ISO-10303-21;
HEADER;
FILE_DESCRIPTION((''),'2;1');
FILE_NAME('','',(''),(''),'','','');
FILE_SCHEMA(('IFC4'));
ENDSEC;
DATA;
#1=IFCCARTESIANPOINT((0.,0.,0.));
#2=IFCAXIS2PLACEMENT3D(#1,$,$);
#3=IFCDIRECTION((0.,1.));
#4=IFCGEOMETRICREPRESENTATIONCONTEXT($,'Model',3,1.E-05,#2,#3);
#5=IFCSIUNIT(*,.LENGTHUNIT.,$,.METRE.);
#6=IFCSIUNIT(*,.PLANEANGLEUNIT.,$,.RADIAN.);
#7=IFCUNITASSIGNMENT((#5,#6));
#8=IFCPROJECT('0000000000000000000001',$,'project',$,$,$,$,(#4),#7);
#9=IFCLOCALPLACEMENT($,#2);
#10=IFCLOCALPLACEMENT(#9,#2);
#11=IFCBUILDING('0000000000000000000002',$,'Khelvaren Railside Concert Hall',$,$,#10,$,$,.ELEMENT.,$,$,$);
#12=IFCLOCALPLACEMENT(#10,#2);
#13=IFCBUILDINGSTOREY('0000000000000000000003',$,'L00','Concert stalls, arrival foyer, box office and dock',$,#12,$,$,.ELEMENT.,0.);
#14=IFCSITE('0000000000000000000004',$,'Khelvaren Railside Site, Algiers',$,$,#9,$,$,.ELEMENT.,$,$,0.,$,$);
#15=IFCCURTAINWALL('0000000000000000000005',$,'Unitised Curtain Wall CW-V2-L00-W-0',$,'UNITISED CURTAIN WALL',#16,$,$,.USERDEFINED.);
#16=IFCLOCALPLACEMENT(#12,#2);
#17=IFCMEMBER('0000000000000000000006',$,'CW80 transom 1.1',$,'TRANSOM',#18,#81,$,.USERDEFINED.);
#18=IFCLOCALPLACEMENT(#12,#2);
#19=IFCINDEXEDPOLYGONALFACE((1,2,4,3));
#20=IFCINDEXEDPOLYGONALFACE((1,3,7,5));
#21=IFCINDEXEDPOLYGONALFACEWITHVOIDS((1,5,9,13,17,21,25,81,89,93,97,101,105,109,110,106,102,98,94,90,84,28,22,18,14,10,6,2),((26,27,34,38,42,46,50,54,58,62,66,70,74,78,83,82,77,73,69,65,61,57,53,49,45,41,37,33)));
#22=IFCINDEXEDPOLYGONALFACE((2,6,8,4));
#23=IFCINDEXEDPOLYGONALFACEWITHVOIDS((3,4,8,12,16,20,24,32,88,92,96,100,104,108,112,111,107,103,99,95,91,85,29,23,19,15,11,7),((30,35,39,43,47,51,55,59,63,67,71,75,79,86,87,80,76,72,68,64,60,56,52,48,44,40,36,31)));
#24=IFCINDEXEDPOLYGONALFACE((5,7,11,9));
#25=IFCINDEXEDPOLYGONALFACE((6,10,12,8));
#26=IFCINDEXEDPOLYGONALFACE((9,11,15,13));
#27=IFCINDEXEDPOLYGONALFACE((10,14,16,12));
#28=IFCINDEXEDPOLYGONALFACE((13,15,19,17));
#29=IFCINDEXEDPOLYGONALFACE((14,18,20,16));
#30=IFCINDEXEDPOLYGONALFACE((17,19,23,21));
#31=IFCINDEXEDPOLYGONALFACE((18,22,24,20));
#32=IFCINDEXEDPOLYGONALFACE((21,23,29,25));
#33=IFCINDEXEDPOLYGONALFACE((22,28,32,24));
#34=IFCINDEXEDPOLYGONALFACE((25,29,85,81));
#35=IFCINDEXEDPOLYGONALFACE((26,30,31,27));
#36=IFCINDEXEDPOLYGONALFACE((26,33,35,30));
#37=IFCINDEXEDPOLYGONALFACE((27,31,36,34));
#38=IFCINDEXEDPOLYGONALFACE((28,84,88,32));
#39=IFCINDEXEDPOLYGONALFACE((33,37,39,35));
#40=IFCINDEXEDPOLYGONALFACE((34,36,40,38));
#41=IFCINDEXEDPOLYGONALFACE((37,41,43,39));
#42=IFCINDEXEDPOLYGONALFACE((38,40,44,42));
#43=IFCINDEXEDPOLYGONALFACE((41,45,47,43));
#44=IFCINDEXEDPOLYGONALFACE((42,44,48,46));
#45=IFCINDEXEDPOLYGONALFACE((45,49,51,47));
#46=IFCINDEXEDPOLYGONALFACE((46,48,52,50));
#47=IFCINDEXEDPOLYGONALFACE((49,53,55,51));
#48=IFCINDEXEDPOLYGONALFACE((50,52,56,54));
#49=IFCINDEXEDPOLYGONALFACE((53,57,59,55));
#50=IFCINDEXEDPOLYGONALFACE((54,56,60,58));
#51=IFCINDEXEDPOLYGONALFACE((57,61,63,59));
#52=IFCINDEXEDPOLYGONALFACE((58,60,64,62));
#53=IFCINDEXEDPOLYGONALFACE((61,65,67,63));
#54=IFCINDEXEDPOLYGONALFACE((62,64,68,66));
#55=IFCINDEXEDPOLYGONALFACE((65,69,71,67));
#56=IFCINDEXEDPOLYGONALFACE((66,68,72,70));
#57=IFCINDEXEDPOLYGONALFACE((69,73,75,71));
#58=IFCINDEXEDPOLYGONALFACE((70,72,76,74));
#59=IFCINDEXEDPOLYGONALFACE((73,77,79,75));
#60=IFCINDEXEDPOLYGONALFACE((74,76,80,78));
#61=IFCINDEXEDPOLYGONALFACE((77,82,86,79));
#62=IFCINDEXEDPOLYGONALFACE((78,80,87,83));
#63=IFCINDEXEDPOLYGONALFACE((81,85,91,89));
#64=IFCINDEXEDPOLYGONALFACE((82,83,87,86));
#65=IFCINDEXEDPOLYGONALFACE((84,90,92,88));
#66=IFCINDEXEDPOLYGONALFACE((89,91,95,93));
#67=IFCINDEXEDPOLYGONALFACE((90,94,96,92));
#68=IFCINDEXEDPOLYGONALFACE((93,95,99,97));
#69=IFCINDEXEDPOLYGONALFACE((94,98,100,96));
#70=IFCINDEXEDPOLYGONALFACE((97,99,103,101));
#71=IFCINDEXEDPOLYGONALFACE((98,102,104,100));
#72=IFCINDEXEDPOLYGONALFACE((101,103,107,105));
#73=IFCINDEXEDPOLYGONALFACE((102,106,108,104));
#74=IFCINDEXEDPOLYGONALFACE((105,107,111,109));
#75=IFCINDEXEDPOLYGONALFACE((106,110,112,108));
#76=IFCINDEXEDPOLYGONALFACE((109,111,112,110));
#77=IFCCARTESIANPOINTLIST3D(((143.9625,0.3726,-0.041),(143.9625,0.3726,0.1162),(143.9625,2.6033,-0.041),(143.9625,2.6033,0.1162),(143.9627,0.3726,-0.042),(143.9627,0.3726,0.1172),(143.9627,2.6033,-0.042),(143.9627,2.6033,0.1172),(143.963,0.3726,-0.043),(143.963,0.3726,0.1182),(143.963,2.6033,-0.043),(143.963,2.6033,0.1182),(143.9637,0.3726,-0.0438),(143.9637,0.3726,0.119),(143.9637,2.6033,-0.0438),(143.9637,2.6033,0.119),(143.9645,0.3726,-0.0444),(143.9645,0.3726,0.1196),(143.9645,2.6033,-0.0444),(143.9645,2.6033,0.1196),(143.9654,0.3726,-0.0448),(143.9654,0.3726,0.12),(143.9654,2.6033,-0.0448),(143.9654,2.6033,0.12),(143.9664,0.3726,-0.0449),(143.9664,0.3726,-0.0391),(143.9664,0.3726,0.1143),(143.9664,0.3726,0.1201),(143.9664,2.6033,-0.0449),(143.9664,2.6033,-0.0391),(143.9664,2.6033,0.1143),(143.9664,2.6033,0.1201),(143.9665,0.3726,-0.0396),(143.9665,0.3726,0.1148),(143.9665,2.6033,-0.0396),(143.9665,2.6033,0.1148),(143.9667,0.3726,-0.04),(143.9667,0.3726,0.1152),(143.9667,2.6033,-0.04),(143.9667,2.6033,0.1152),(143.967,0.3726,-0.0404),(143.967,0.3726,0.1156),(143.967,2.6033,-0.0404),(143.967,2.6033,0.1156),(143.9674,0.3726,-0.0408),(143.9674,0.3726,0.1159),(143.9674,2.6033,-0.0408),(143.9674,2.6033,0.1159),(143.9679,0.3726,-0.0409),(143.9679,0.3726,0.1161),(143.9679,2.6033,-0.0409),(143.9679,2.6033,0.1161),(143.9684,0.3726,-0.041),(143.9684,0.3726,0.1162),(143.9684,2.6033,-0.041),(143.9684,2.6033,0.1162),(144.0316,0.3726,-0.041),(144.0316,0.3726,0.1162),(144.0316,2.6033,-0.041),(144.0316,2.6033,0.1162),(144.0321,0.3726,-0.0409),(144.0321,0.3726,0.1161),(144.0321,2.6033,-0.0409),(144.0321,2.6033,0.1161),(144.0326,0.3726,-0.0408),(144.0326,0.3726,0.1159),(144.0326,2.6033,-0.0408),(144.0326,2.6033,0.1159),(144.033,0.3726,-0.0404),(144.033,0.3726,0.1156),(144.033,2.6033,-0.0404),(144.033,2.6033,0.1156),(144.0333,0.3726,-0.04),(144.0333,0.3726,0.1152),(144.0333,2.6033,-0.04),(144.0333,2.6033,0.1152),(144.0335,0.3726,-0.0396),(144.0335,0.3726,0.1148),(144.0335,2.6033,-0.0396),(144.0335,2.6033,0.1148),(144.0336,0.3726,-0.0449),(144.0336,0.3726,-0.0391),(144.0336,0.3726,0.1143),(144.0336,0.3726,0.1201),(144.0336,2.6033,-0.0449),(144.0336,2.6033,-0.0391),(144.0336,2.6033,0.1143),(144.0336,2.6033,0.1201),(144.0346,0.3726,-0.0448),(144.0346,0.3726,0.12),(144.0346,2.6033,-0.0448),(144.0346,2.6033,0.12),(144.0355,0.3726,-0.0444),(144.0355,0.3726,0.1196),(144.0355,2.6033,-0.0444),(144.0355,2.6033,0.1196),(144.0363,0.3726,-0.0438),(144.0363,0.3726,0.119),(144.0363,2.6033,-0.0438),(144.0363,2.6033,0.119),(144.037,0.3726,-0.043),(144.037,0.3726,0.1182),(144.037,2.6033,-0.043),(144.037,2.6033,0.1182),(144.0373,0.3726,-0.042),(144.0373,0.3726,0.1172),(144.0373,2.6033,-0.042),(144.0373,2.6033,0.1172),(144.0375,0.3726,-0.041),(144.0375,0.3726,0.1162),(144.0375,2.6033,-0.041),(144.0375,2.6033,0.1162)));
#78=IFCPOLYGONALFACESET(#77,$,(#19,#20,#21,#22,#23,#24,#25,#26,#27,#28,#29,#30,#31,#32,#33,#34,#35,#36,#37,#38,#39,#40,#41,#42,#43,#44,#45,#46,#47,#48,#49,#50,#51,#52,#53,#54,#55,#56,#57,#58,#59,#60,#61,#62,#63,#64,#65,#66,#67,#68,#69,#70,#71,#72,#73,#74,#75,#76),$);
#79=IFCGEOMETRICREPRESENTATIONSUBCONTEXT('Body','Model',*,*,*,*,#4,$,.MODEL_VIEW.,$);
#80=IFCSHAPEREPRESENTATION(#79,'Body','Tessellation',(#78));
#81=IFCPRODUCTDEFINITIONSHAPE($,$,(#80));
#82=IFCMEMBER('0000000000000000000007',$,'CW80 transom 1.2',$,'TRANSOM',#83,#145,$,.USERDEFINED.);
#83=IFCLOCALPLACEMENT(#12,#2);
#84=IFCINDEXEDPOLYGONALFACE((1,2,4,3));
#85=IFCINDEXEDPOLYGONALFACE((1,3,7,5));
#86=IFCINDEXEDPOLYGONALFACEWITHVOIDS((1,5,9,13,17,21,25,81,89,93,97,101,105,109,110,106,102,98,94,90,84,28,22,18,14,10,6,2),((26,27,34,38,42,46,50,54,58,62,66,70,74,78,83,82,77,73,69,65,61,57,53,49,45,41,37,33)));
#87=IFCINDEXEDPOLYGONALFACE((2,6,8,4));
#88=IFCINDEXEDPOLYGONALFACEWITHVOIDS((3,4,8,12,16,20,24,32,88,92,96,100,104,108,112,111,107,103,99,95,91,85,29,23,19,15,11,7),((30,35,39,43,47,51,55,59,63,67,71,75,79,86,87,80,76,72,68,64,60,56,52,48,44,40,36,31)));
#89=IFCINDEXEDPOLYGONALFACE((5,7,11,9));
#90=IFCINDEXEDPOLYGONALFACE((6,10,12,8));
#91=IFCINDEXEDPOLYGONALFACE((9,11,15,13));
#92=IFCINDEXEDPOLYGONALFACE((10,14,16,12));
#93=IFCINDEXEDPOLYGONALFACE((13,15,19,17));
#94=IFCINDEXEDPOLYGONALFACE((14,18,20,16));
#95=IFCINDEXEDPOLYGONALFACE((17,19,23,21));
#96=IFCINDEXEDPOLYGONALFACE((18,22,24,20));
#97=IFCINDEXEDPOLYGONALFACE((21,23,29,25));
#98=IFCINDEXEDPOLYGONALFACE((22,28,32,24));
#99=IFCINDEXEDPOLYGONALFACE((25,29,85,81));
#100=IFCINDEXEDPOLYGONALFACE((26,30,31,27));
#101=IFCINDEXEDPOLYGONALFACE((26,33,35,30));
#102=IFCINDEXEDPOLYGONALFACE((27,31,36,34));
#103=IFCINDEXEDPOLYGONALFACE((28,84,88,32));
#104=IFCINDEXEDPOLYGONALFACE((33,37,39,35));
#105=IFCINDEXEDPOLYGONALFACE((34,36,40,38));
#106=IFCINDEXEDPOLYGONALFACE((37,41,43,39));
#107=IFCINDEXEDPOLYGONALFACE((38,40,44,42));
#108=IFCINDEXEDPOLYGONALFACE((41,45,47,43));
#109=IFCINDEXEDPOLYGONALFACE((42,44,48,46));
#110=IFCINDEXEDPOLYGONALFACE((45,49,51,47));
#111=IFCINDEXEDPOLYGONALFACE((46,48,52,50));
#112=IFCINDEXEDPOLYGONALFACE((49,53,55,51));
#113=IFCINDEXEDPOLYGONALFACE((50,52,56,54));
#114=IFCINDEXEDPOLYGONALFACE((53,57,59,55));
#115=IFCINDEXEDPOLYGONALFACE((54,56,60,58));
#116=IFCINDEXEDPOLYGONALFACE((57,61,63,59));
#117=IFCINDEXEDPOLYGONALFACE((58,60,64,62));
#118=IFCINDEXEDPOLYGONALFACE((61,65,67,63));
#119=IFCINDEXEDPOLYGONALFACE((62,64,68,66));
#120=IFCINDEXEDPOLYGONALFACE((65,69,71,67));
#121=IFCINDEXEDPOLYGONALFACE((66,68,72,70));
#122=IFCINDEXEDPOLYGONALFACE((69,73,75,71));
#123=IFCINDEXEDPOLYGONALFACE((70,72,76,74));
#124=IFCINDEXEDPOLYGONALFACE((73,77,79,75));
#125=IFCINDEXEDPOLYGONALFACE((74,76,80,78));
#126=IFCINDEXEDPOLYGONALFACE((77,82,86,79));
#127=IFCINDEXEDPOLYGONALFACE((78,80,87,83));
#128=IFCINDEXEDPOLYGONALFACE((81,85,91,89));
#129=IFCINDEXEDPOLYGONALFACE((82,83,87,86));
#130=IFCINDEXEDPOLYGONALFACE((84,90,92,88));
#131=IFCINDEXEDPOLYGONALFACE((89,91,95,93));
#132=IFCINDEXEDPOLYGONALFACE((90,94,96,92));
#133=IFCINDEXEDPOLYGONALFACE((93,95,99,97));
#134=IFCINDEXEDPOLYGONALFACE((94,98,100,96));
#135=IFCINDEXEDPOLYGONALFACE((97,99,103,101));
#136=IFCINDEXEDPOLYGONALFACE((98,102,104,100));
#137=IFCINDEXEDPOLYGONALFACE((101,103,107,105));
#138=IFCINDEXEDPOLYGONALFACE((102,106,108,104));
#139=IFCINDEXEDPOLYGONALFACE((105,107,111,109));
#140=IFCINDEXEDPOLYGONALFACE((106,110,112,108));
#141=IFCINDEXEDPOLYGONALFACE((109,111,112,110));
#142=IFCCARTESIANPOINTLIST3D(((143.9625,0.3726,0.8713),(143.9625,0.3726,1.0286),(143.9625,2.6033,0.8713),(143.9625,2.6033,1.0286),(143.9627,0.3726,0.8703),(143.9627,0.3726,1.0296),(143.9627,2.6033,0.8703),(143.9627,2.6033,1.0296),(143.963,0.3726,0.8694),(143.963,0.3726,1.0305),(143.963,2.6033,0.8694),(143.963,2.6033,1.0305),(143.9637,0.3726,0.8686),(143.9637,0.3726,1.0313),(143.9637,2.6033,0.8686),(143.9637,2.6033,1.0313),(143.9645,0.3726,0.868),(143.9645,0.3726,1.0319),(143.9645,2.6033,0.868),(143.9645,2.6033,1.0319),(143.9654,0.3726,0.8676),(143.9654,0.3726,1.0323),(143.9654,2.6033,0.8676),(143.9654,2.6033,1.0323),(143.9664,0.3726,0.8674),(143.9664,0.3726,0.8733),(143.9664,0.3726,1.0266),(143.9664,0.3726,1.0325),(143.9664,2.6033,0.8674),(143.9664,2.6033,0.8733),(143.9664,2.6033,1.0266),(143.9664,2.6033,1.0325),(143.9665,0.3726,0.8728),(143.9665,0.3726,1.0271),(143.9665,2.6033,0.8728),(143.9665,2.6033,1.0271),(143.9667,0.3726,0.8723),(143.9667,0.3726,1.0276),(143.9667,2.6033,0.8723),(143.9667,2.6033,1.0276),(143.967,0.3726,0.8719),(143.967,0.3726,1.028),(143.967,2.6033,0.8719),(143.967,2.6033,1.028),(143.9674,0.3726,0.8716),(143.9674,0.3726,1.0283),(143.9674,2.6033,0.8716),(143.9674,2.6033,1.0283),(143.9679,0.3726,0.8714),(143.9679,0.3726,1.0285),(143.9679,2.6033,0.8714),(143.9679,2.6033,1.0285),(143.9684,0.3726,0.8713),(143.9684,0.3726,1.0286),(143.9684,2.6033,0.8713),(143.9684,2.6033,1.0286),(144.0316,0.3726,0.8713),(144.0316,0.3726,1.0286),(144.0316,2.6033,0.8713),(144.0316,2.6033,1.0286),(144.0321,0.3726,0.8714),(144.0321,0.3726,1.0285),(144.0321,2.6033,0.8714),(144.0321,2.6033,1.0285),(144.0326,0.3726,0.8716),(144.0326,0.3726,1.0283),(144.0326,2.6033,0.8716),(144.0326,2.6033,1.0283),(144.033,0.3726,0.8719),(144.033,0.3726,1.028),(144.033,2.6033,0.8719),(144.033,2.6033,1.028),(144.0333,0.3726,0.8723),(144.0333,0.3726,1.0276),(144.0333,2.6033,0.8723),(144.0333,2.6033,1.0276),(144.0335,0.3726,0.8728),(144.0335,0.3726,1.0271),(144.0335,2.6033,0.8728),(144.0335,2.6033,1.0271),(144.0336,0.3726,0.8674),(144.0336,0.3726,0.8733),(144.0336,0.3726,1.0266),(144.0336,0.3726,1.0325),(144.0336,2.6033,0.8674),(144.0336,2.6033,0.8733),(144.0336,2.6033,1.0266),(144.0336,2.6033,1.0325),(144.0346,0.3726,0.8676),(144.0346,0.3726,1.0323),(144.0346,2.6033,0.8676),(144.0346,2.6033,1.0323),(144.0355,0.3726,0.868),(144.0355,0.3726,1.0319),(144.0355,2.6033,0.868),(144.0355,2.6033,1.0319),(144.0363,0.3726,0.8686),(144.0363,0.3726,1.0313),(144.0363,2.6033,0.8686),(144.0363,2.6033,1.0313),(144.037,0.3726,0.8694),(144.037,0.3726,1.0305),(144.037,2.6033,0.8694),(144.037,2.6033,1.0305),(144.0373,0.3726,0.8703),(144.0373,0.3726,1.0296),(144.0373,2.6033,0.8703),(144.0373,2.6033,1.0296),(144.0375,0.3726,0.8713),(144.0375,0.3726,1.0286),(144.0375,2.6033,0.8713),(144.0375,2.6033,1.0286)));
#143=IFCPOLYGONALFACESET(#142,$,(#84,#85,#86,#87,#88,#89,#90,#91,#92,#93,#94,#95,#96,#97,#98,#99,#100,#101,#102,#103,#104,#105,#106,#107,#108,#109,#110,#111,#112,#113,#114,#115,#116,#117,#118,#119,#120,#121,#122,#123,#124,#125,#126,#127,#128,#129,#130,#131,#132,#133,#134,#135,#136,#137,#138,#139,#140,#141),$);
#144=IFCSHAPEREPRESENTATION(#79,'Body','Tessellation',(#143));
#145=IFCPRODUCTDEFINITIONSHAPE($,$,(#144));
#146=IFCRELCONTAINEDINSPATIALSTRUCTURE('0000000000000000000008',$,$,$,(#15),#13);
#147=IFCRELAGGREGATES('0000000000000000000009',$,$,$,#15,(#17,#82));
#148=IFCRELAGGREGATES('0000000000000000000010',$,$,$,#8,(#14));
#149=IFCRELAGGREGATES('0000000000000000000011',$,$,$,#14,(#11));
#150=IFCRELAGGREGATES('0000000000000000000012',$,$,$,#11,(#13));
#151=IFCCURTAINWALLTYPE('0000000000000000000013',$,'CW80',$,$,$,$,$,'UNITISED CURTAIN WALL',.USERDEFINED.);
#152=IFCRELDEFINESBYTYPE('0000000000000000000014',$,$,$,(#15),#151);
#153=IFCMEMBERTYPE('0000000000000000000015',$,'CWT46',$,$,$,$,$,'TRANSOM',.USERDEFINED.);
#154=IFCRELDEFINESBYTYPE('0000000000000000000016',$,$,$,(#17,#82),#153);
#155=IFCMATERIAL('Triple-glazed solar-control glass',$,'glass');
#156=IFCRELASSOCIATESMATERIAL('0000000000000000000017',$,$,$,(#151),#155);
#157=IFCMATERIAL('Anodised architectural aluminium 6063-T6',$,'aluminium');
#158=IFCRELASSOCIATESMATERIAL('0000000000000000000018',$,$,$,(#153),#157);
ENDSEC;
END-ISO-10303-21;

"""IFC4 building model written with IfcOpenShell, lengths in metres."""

from ifc_helpers import new_model, si_unit, direction, frame, origin, origin_2d, place, context, subcontext, project, spatial, hollow_rectangle, extrude, material, material_profile, profile_set, type_object, element, aggregate, save


model = new_model("IFC4")

# Units and contexts
model_context = context("Model", 3, precision=1e-05, world=origin(), true_north=direction((0.0, 1.0)))
body_context = subcontext(model_context, "Body", "Model", "MODEL_VIEW")
ifc_project = project(units=[si_unit("LENGTHUNIT", "METRE"), si_unit("PLANEANGLEUNIT", "RADIAN")], contexts=[model_context])

# Site, building, storey
site_placement = place(None, origin())
site = spatial("IfcSite", under=ifc_project, at=site_placement, Name="Khelvaren Railside Site, Algiers", CompositionType="ELEMENT", RefElevation=0.0)
building_placement = place(site_placement, origin())
building = spatial("IfcBuilding", under=site, at=building_placement, Name="Khelvaren Railside Concert Hall", CompositionType="ELEMENT")
storey_placement = place(building_placement, origin())
storey = spatial("IfcBuildingStorey", under=building, at=storey_placement, Name="L00", Description="Concert stalls, arrival foyer, box office and dock", CompositionType="ELEMENT", Elevation=0.0)

# Curtain wall
ifc_material_1 = material(Name="Triple-glazed solar-control glass", Category="glass")
curtain_wall_type_1 = type_object("IfcCurtainWallType", Name="CW80", ElementType="UNITISED CURTAIN WALL", PredefinedType="USERDEFINED", material=ifc_material_1)
curtain_wall_1_placement = place(storey_placement, origin())
curtain_wall_1 = element("IfcCurtainWall", 1, at=curtain_wall_1_placement, inside=storey, type_object=curtain_wall_type_1, Name="Unitised Curtain Wall CW-V2-L00-W-0", ObjectType="UNITISED CURTAIN WALL", PredefinedType="USERDEFINED")
ifc_material_2 = material(Name="Anodised architectural aluminium 6063-T6", Category="aluminium")

# Members
ifc_material_profile_1 = material_profile(ifc_material_2, hollow_rectangle(XDim=0.075, YDim=0.165, WallThickness=0.0039, InnerFilletRadius=0.002, OuterFilletRadius=0.0039, at=origin_2d()), Name="CWT 75x165x4")
ifc_profile_set_1 = profile_set([ifc_material_profile_1], Name="Anodised architectural aluminium 6063-T6")
member_type_1 = type_object("IfcMemberType", Name="CWT46", ElementType="TRANSOM", PredefinedType="USERDEFINED", material=ifc_profile_set_1)
member_1_placement = place(storey_placement, frame((144.0, 0.3726, 0.0376), z_axis=(0.0, 1.0, 0.0), x_axis=(-1.0, 0.0, 0.0)))
member_1 = element("IfcMember", 2, at=member_1_placement, type_object=member_type_1, Name="CW80 transom 1.1", ObjectType="TRANSOM", PredefinedType="USERDEFINED", context=body_context, shape_type="SweptSolid", body=[
    extrude(hollow_rectangle(XDim=0.075, YDim=0.165, WallThickness=0.0039, InnerFilletRadius=0.002, OuterFilletRadius=0.0039, at=origin_2d()), origin(), (0.0, 0.0, 1.0), 2.2307),
])
member_2_placement = place(storey_placement, frame((144.0, 0.3726, 0.95), z_axis=(0.0, 1.0, 0.0), x_axis=(-1.0, 0.0, 0.0)))
member_2 = element("IfcMember", 3, at=member_2_placement, type_object=member_type_1, Name="CW80 transom 1.2", ObjectType="TRANSOM", PredefinedType="USERDEFINED", context=body_context, shape_type="SweptSolid", body=[
    extrude(hollow_rectangle(XDim=0.075, YDim=0.165, WallThickness=0.0039, InnerFilletRadius=0.002, OuterFilletRadius=0.0039, at=origin_2d()), origin(), (0.0, 0.0, 1.0), 2.2307),
])

aggregate(curtain_wall_1, [member_1, member_2])

save(model, "model.ifc")
